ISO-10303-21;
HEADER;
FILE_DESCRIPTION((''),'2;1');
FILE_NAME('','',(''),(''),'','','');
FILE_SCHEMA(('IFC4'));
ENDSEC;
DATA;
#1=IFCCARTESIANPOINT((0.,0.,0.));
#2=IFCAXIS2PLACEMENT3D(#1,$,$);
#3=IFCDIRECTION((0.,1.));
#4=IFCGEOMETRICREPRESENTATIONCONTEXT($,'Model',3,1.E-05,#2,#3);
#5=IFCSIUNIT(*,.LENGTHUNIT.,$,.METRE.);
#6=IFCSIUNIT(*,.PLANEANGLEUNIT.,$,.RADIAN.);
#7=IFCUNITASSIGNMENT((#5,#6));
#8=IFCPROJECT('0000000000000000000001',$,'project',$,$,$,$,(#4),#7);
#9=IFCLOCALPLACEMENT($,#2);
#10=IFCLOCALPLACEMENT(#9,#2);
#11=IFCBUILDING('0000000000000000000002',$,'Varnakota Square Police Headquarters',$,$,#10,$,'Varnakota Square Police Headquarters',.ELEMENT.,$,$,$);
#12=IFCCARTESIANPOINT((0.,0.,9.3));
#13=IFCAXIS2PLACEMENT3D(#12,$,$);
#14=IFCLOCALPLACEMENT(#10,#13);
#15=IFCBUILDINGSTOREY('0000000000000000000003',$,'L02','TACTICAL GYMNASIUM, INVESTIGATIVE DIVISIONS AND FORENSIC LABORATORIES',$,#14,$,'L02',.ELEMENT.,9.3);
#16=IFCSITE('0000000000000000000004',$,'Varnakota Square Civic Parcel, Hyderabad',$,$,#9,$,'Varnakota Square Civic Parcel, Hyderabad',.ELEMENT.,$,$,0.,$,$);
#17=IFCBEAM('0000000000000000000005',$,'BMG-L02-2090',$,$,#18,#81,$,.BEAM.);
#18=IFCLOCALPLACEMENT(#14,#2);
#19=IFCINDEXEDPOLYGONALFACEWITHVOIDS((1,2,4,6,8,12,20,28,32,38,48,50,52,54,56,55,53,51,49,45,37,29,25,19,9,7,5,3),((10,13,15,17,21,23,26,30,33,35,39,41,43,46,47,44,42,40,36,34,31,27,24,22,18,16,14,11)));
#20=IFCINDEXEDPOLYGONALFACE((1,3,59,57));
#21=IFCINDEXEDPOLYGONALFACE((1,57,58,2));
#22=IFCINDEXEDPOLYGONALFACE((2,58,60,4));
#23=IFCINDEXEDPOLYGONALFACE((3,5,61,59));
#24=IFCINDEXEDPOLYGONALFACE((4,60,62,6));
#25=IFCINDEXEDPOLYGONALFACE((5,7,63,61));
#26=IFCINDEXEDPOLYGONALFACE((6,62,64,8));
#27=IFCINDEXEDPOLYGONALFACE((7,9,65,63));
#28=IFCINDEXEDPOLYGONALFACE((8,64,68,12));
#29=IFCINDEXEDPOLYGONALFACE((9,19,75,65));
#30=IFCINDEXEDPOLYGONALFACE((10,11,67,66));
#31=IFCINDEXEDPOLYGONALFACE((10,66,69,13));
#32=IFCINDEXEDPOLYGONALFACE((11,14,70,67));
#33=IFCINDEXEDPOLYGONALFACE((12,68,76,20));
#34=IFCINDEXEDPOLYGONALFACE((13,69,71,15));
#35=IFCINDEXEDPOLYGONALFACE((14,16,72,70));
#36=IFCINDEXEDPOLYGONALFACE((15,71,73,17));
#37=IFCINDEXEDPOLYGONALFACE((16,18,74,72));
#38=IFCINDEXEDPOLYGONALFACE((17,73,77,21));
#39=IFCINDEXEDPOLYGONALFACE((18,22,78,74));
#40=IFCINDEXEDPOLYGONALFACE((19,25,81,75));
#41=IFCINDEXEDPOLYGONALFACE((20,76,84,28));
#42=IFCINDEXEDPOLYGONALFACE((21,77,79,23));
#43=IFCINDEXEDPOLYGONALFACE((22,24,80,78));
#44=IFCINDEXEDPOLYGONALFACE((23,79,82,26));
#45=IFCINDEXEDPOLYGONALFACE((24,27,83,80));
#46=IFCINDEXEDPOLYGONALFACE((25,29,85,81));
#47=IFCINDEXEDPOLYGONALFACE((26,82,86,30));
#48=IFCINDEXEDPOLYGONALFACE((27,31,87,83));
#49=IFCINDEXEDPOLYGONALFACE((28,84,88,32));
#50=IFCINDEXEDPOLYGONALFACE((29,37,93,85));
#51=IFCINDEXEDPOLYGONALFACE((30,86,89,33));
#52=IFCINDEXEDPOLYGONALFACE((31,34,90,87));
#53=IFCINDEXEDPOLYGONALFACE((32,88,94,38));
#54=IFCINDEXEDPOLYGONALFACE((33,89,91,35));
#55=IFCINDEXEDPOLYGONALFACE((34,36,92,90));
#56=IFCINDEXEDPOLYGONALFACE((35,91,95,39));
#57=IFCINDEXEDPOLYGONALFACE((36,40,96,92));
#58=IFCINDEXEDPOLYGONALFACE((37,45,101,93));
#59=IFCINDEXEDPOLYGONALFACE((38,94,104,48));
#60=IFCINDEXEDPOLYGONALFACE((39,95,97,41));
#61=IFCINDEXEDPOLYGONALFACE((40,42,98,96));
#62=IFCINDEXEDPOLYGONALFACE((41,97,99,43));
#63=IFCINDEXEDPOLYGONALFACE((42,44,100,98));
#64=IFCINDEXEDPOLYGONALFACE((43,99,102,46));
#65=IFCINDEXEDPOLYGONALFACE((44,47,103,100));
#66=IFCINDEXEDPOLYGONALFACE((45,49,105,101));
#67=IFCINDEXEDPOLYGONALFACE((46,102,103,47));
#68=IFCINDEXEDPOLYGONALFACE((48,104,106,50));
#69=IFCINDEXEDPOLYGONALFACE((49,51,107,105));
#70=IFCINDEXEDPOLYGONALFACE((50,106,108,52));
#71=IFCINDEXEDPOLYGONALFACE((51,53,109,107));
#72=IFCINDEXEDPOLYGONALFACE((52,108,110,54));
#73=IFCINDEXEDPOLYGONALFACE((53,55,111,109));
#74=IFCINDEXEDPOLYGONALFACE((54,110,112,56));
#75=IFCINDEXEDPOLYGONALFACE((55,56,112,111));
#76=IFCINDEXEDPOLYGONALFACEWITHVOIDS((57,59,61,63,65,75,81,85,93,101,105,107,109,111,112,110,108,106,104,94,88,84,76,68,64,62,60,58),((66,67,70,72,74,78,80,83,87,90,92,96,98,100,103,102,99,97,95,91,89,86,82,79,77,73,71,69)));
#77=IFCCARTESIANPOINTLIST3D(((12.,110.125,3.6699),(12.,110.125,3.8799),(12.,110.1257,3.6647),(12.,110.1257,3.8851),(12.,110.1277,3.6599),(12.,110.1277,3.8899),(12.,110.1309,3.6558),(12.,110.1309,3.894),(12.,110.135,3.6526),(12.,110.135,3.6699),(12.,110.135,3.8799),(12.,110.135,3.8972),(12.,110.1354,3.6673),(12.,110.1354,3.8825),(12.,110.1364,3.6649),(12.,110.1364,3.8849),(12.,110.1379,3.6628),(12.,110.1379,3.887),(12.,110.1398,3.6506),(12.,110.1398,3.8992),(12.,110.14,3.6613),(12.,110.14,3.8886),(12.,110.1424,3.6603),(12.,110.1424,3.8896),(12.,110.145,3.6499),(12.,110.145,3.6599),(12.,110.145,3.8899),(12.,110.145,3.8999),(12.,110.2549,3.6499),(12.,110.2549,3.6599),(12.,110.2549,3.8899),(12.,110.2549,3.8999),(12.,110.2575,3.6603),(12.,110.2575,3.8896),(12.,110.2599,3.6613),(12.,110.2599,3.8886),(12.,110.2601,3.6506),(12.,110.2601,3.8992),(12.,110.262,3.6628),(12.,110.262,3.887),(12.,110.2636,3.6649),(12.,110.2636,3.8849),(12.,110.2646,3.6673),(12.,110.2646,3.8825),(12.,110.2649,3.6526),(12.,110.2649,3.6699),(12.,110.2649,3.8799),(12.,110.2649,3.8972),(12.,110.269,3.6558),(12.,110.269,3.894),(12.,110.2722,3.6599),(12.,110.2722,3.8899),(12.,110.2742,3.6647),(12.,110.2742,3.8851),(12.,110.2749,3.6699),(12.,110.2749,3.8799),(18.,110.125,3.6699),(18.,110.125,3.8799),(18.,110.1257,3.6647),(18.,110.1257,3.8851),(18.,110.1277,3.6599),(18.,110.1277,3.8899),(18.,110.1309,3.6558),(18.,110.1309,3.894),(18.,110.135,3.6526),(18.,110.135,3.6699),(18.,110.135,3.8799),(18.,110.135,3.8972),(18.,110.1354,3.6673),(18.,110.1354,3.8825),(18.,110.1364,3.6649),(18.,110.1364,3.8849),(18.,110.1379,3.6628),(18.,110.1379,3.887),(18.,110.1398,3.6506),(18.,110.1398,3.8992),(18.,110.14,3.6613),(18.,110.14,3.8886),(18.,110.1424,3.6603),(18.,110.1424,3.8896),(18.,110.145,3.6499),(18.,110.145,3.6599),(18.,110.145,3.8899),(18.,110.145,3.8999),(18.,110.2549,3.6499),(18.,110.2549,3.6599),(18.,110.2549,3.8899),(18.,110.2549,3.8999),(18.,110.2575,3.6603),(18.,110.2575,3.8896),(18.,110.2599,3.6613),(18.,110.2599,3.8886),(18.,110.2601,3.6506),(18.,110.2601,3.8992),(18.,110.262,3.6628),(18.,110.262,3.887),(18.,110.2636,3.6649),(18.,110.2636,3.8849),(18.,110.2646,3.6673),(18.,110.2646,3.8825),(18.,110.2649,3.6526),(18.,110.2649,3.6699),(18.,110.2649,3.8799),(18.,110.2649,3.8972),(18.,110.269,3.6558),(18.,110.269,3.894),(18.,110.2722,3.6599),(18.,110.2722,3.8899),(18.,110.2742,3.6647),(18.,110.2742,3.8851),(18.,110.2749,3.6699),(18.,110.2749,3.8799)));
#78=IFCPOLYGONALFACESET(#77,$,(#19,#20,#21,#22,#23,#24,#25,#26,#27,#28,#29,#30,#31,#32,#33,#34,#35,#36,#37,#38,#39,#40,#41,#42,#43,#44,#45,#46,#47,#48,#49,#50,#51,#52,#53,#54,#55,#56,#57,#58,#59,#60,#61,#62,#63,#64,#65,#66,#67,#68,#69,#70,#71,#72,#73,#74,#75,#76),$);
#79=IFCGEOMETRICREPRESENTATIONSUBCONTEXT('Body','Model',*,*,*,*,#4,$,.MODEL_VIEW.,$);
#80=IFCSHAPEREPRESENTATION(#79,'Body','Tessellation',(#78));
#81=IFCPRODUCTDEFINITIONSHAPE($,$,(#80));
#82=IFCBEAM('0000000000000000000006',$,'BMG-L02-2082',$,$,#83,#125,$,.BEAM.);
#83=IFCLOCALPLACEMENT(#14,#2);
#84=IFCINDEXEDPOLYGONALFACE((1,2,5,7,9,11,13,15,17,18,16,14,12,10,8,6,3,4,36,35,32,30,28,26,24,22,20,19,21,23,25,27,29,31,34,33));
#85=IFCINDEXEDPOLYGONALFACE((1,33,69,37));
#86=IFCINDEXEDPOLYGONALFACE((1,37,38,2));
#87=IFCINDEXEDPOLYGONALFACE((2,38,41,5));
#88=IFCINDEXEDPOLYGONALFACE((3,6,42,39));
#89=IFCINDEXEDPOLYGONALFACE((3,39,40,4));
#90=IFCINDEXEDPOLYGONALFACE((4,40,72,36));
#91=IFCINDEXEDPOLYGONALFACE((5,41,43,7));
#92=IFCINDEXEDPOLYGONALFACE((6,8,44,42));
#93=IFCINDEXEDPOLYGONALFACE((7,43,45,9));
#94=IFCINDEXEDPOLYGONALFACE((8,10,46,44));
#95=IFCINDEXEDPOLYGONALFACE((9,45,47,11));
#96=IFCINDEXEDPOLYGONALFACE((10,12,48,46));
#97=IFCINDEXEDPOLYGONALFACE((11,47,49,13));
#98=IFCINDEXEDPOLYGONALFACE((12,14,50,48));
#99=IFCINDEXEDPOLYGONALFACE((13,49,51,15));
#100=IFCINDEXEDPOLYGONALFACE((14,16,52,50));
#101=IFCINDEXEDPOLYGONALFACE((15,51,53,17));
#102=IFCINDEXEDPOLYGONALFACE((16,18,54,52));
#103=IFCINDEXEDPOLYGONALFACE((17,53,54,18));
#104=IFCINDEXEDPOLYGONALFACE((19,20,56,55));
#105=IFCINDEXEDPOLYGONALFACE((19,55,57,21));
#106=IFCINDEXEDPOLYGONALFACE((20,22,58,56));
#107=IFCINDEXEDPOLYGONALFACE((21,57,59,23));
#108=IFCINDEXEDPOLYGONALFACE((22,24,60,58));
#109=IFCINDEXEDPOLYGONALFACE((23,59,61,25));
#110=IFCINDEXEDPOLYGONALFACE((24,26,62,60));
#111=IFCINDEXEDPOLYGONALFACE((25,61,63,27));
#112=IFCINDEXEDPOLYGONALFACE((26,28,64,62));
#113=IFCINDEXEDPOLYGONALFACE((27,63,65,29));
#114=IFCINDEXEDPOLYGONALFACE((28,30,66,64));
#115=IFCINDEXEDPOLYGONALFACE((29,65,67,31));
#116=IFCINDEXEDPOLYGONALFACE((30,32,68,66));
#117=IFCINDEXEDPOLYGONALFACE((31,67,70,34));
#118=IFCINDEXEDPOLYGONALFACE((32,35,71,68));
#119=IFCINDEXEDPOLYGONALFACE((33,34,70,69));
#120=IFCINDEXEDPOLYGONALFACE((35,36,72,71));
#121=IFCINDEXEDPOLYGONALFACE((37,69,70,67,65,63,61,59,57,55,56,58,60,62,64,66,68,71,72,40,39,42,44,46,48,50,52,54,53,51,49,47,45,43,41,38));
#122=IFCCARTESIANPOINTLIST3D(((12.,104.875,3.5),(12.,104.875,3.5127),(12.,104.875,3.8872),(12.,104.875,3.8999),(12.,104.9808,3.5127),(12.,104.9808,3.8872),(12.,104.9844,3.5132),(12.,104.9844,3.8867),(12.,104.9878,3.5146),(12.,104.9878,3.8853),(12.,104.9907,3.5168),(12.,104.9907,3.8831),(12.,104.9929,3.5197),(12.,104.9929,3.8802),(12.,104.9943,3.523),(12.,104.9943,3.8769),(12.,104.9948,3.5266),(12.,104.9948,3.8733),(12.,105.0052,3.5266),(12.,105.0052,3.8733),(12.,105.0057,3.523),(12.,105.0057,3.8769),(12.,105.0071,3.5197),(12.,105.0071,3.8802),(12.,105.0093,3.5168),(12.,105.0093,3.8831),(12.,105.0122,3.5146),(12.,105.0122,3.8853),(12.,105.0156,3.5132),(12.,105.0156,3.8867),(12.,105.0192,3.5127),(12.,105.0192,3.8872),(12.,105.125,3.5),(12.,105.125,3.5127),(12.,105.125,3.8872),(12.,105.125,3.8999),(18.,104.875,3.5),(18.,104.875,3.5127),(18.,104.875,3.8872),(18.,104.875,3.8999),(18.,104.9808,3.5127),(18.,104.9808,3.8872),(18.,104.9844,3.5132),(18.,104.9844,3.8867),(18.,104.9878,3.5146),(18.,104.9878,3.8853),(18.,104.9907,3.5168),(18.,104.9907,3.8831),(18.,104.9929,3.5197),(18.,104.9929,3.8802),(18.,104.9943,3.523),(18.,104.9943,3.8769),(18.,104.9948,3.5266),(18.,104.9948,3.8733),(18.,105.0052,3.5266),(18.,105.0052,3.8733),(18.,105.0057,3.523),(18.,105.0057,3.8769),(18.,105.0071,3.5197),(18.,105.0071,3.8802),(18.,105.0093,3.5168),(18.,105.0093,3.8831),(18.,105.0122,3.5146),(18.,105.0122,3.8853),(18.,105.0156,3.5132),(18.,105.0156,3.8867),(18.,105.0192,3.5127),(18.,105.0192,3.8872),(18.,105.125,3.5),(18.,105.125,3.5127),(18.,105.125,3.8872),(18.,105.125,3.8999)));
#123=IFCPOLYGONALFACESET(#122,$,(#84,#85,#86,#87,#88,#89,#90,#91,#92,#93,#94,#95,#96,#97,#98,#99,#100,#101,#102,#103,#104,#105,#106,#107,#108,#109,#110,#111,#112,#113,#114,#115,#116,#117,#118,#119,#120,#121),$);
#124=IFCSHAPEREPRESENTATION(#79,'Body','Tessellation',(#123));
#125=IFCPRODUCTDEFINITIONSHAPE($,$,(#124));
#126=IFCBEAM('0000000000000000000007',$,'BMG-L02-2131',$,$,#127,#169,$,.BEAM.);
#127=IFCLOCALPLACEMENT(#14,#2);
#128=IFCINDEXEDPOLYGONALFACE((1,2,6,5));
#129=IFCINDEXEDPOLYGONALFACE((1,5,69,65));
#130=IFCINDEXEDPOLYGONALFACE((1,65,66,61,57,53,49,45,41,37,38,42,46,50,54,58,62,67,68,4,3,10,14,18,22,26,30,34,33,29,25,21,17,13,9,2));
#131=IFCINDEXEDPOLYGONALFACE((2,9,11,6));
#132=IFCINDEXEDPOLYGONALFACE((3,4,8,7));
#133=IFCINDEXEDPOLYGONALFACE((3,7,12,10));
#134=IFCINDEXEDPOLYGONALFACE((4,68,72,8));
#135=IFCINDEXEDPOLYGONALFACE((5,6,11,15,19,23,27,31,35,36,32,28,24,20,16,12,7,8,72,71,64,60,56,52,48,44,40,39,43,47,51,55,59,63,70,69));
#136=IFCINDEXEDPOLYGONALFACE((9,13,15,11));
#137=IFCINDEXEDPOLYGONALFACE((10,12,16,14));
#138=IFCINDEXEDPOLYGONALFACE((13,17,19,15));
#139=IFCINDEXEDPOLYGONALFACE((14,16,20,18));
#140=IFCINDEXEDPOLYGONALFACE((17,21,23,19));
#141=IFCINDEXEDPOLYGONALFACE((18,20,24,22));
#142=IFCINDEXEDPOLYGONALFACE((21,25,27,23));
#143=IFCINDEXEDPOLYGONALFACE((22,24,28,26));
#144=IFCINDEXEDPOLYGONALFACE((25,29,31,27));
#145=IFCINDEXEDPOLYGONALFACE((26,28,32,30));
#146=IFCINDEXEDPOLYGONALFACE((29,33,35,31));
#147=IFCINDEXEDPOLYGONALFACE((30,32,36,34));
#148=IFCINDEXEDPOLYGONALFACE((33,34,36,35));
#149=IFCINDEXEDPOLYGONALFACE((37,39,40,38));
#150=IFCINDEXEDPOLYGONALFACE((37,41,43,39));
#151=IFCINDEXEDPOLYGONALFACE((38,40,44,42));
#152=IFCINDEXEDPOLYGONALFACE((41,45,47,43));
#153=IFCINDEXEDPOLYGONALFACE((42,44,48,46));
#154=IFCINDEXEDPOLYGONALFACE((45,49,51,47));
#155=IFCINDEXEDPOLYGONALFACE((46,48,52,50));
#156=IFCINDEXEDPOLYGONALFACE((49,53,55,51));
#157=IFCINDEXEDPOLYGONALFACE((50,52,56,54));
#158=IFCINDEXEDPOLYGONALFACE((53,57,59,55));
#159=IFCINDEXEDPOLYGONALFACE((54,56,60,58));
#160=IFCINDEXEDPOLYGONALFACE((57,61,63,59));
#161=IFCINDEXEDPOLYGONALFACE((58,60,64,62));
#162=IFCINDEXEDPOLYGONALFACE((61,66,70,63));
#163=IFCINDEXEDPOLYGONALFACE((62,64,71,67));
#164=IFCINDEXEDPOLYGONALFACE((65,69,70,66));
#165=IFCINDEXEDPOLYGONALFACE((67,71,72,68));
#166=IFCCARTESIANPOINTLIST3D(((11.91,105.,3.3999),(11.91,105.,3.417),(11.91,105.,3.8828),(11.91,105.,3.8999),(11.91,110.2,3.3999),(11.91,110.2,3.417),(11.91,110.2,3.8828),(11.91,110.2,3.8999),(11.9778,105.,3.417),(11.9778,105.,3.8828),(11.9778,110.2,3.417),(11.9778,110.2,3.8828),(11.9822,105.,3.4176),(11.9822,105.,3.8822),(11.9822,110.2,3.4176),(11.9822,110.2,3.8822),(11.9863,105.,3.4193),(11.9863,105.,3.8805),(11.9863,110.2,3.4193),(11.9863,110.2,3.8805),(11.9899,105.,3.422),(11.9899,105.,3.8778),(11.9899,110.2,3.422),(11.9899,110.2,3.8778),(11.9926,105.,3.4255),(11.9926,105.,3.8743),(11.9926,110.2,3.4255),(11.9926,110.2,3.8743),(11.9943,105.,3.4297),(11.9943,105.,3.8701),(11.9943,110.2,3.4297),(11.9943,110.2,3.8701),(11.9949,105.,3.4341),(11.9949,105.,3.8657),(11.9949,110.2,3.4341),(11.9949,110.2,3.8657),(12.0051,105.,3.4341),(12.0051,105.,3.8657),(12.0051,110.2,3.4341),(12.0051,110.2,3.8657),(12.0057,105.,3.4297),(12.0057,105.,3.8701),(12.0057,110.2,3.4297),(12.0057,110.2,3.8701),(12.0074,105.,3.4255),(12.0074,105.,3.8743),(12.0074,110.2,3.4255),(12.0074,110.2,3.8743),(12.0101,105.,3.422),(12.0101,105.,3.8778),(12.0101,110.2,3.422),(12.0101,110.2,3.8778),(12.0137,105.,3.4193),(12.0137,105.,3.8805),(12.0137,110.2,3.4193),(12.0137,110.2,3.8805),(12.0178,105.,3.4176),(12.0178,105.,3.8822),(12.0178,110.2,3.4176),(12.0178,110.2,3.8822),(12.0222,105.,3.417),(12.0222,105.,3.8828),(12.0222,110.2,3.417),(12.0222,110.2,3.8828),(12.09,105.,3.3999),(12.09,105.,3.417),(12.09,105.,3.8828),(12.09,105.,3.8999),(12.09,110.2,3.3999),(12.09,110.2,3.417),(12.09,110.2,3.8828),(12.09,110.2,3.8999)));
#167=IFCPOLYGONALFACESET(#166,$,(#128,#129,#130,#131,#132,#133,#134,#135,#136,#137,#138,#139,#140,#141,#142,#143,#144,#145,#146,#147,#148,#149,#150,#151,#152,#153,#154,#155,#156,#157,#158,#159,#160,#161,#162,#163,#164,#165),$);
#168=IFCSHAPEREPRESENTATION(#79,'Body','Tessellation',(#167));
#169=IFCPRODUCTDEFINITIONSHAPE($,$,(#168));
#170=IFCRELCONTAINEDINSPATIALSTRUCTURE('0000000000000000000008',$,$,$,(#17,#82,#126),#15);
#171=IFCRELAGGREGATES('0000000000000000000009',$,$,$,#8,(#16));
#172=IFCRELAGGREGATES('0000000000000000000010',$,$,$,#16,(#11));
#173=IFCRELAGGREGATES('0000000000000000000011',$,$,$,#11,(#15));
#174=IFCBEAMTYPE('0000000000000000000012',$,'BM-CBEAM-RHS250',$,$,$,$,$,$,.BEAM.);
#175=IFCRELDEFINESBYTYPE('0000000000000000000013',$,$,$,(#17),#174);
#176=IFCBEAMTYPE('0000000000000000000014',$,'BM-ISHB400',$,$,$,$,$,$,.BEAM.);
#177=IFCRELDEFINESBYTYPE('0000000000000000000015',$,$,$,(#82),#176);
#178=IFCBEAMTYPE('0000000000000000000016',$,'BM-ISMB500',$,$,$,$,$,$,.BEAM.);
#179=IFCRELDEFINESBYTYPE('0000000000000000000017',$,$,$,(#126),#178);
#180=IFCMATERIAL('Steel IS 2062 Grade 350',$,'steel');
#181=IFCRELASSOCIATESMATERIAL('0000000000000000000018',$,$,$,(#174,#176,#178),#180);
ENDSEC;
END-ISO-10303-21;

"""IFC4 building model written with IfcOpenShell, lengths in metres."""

from ifc_helpers import new_model, si_unit, direction, frame, origin, origin_2d, place, context, subcontext, project, spatial, hollow_rectangle, i_section, extrude, material, material_profile, profile_set, type_object, element, save


model = new_model("IFC4")

# Units and contexts
model_context = context("Model", 3, precision=1e-05, world=origin(), true_north=direction((0.0, 1.0)))
body_context = subcontext(model_context, "Body", "Model", "MODEL_VIEW")
ifc_project = project(units=[si_unit("LENGTHUNIT", "METRE"), si_unit("PLANEANGLEUNIT", "RADIAN")], contexts=[model_context])

# Site, building, storey
site_placement = place(None, origin())
site = spatial("IfcSite", under=ifc_project, at=site_placement, Name="Varnakota Square Civic Parcel, Hyderabad", LongName="Varnakota Square Civic Parcel, Hyderabad", CompositionType="ELEMENT", RefElevation=0.0)
building_placement = place(site_placement, origin())
building = spatial("IfcBuilding", under=site, at=building_placement, Name="Varnakota Square Police Headquarters", LongName="Varnakota Square Police Headquarters", CompositionType="ELEMENT")
storey_placement = place(building_placement, frame((0.0, 0.0, 9.3)))
storey = spatial("IfcBuildingStorey", under=building, at=storey_placement, Name="L02", Description="TACTICAL GYMNASIUM, INVESTIGATIVE DIVISIONS AND FORENSIC LABORATORIES", LongName="L02", CompositionType="ELEMENT", Elevation=9.3)

# Shared definitions
ifc_material_1 = material(Name="Steel IS 2062 Grade 350", Category="steel")

# Beams
ifc_material_profile_1 = material_profile(ifc_material_1, hollow_rectangle(XDim=0.1499, YDim=0.25, WallThickness=0.01, InnerFilletRadius=0.01, OuterFilletRadius=0.02, at=origin_2d()), Name="RHS 250x150x10")
ifc_profile_set_1 = profile_set([ifc_material_profile_1], Name="Steel IS 2062 Grade 350")
beam_type_1 = type_object("IfcBeamType", Name="BM-CBEAM-RHS250", PredefinedType="BEAM", material=ifc_profile_set_1)
beam_1_placement = place(storey_placement, frame((12.0, 110.2, 3.7749), z_axis=(1.0, 0.0, 0.0), x_axis=(0.0, 1.0, 0.0)))
element("IfcBeam", 1, at=beam_1_placement, inside=storey, type_object=beam_type_1, Name="BMG-L02-2090", PredefinedType="BEAM", context=body_context, shape_type="SweptSolid", body=[
    extrude(hollow_rectangle(XDim=0.1499, YDim=0.25, WallThickness=0.01, InnerFilletRadius=0.01, OuterFilletRadius=0.02, at=origin_2d()), origin(), (0.0, 0.0, 1.0), 6.0),
])
ifc_material_profile_2 = material_profile(ifc_material_1, i_section(OverallWidth=0.25, OverallDepth=0.3999, WebThickness=0.0105, FlangeThickness=0.0127, FilletRadius=0.0139, at=origin_2d()), Name="ISHB 400")
ifc_profile_set_2 = profile_set([ifc_material_profile_2], Name="Steel IS 2062 Grade 350")
beam_type_2 = type_object("IfcBeamType", Name="BM-ISHB400", PredefinedType="BEAM", material=ifc_profile_set_2)
beam_2_placement = place(storey_placement, frame((12.0, 105.0, 3.7), z_axis=(1.0, 0.0, 0.0), x_axis=(0.0, 1.0, 0.0)))
element("IfcBeam", 2, at=beam_2_placement, inside=storey, type_object=beam_type_2, Name="BMG-L02-2082", PredefinedType="BEAM", context=body_context, shape_type="SweptSolid", body=[
    extrude(i_section(OverallWidth=0.25, OverallDepth=0.3999, WebThickness=0.0105, FlangeThickness=0.0127, FilletRadius=0.0139, at=origin_2d()), origin(), (0.0, 0.0, 1.0), 6.0),
])
ifc_material_profile_3 = material_profile(ifc_material_1, i_section(OverallWidth=0.1799, OverallDepth=0.5, WebThickness=0.0103, FlangeThickness=0.0171, FilletRadius=0.0171, at=origin_2d()), Name="ISMB 500")
ifc_profile_set_3 = profile_set([ifc_material_profile_3], Name="Steel IS 2062 Grade 350")
beam_type_3 = type_object("IfcBeamType", Name="BM-ISMB500", PredefinedType="BEAM", material=ifc_profile_set_3)
for number, where, z_axis, x_axis, name in (
    (3, (12.0, 105.0, 3.6499), (0.0, 1.0, 0.0), (-1.0, 0.0, 0.0), "BMG-L02-2131"),
):
    element("IfcBeam", number, at=place(storey_placement, frame(where, z_axis=z_axis, x_axis=x_axis)), inside=storey, type_object=beam_type_3, Name=name, PredefinedType="BEAM", context=body_context, shape_type="SweptSolid", body=[
        extrude(i_section(OverallWidth=0.1799, OverallDepth=0.5, WebThickness=0.0103, FlangeThickness=0.0171, FilletRadius=0.0171, at=origin_2d()), origin(), (0.0, 0.0, 1.0), 5.2),
    ])

save(model, "model.ifc")
